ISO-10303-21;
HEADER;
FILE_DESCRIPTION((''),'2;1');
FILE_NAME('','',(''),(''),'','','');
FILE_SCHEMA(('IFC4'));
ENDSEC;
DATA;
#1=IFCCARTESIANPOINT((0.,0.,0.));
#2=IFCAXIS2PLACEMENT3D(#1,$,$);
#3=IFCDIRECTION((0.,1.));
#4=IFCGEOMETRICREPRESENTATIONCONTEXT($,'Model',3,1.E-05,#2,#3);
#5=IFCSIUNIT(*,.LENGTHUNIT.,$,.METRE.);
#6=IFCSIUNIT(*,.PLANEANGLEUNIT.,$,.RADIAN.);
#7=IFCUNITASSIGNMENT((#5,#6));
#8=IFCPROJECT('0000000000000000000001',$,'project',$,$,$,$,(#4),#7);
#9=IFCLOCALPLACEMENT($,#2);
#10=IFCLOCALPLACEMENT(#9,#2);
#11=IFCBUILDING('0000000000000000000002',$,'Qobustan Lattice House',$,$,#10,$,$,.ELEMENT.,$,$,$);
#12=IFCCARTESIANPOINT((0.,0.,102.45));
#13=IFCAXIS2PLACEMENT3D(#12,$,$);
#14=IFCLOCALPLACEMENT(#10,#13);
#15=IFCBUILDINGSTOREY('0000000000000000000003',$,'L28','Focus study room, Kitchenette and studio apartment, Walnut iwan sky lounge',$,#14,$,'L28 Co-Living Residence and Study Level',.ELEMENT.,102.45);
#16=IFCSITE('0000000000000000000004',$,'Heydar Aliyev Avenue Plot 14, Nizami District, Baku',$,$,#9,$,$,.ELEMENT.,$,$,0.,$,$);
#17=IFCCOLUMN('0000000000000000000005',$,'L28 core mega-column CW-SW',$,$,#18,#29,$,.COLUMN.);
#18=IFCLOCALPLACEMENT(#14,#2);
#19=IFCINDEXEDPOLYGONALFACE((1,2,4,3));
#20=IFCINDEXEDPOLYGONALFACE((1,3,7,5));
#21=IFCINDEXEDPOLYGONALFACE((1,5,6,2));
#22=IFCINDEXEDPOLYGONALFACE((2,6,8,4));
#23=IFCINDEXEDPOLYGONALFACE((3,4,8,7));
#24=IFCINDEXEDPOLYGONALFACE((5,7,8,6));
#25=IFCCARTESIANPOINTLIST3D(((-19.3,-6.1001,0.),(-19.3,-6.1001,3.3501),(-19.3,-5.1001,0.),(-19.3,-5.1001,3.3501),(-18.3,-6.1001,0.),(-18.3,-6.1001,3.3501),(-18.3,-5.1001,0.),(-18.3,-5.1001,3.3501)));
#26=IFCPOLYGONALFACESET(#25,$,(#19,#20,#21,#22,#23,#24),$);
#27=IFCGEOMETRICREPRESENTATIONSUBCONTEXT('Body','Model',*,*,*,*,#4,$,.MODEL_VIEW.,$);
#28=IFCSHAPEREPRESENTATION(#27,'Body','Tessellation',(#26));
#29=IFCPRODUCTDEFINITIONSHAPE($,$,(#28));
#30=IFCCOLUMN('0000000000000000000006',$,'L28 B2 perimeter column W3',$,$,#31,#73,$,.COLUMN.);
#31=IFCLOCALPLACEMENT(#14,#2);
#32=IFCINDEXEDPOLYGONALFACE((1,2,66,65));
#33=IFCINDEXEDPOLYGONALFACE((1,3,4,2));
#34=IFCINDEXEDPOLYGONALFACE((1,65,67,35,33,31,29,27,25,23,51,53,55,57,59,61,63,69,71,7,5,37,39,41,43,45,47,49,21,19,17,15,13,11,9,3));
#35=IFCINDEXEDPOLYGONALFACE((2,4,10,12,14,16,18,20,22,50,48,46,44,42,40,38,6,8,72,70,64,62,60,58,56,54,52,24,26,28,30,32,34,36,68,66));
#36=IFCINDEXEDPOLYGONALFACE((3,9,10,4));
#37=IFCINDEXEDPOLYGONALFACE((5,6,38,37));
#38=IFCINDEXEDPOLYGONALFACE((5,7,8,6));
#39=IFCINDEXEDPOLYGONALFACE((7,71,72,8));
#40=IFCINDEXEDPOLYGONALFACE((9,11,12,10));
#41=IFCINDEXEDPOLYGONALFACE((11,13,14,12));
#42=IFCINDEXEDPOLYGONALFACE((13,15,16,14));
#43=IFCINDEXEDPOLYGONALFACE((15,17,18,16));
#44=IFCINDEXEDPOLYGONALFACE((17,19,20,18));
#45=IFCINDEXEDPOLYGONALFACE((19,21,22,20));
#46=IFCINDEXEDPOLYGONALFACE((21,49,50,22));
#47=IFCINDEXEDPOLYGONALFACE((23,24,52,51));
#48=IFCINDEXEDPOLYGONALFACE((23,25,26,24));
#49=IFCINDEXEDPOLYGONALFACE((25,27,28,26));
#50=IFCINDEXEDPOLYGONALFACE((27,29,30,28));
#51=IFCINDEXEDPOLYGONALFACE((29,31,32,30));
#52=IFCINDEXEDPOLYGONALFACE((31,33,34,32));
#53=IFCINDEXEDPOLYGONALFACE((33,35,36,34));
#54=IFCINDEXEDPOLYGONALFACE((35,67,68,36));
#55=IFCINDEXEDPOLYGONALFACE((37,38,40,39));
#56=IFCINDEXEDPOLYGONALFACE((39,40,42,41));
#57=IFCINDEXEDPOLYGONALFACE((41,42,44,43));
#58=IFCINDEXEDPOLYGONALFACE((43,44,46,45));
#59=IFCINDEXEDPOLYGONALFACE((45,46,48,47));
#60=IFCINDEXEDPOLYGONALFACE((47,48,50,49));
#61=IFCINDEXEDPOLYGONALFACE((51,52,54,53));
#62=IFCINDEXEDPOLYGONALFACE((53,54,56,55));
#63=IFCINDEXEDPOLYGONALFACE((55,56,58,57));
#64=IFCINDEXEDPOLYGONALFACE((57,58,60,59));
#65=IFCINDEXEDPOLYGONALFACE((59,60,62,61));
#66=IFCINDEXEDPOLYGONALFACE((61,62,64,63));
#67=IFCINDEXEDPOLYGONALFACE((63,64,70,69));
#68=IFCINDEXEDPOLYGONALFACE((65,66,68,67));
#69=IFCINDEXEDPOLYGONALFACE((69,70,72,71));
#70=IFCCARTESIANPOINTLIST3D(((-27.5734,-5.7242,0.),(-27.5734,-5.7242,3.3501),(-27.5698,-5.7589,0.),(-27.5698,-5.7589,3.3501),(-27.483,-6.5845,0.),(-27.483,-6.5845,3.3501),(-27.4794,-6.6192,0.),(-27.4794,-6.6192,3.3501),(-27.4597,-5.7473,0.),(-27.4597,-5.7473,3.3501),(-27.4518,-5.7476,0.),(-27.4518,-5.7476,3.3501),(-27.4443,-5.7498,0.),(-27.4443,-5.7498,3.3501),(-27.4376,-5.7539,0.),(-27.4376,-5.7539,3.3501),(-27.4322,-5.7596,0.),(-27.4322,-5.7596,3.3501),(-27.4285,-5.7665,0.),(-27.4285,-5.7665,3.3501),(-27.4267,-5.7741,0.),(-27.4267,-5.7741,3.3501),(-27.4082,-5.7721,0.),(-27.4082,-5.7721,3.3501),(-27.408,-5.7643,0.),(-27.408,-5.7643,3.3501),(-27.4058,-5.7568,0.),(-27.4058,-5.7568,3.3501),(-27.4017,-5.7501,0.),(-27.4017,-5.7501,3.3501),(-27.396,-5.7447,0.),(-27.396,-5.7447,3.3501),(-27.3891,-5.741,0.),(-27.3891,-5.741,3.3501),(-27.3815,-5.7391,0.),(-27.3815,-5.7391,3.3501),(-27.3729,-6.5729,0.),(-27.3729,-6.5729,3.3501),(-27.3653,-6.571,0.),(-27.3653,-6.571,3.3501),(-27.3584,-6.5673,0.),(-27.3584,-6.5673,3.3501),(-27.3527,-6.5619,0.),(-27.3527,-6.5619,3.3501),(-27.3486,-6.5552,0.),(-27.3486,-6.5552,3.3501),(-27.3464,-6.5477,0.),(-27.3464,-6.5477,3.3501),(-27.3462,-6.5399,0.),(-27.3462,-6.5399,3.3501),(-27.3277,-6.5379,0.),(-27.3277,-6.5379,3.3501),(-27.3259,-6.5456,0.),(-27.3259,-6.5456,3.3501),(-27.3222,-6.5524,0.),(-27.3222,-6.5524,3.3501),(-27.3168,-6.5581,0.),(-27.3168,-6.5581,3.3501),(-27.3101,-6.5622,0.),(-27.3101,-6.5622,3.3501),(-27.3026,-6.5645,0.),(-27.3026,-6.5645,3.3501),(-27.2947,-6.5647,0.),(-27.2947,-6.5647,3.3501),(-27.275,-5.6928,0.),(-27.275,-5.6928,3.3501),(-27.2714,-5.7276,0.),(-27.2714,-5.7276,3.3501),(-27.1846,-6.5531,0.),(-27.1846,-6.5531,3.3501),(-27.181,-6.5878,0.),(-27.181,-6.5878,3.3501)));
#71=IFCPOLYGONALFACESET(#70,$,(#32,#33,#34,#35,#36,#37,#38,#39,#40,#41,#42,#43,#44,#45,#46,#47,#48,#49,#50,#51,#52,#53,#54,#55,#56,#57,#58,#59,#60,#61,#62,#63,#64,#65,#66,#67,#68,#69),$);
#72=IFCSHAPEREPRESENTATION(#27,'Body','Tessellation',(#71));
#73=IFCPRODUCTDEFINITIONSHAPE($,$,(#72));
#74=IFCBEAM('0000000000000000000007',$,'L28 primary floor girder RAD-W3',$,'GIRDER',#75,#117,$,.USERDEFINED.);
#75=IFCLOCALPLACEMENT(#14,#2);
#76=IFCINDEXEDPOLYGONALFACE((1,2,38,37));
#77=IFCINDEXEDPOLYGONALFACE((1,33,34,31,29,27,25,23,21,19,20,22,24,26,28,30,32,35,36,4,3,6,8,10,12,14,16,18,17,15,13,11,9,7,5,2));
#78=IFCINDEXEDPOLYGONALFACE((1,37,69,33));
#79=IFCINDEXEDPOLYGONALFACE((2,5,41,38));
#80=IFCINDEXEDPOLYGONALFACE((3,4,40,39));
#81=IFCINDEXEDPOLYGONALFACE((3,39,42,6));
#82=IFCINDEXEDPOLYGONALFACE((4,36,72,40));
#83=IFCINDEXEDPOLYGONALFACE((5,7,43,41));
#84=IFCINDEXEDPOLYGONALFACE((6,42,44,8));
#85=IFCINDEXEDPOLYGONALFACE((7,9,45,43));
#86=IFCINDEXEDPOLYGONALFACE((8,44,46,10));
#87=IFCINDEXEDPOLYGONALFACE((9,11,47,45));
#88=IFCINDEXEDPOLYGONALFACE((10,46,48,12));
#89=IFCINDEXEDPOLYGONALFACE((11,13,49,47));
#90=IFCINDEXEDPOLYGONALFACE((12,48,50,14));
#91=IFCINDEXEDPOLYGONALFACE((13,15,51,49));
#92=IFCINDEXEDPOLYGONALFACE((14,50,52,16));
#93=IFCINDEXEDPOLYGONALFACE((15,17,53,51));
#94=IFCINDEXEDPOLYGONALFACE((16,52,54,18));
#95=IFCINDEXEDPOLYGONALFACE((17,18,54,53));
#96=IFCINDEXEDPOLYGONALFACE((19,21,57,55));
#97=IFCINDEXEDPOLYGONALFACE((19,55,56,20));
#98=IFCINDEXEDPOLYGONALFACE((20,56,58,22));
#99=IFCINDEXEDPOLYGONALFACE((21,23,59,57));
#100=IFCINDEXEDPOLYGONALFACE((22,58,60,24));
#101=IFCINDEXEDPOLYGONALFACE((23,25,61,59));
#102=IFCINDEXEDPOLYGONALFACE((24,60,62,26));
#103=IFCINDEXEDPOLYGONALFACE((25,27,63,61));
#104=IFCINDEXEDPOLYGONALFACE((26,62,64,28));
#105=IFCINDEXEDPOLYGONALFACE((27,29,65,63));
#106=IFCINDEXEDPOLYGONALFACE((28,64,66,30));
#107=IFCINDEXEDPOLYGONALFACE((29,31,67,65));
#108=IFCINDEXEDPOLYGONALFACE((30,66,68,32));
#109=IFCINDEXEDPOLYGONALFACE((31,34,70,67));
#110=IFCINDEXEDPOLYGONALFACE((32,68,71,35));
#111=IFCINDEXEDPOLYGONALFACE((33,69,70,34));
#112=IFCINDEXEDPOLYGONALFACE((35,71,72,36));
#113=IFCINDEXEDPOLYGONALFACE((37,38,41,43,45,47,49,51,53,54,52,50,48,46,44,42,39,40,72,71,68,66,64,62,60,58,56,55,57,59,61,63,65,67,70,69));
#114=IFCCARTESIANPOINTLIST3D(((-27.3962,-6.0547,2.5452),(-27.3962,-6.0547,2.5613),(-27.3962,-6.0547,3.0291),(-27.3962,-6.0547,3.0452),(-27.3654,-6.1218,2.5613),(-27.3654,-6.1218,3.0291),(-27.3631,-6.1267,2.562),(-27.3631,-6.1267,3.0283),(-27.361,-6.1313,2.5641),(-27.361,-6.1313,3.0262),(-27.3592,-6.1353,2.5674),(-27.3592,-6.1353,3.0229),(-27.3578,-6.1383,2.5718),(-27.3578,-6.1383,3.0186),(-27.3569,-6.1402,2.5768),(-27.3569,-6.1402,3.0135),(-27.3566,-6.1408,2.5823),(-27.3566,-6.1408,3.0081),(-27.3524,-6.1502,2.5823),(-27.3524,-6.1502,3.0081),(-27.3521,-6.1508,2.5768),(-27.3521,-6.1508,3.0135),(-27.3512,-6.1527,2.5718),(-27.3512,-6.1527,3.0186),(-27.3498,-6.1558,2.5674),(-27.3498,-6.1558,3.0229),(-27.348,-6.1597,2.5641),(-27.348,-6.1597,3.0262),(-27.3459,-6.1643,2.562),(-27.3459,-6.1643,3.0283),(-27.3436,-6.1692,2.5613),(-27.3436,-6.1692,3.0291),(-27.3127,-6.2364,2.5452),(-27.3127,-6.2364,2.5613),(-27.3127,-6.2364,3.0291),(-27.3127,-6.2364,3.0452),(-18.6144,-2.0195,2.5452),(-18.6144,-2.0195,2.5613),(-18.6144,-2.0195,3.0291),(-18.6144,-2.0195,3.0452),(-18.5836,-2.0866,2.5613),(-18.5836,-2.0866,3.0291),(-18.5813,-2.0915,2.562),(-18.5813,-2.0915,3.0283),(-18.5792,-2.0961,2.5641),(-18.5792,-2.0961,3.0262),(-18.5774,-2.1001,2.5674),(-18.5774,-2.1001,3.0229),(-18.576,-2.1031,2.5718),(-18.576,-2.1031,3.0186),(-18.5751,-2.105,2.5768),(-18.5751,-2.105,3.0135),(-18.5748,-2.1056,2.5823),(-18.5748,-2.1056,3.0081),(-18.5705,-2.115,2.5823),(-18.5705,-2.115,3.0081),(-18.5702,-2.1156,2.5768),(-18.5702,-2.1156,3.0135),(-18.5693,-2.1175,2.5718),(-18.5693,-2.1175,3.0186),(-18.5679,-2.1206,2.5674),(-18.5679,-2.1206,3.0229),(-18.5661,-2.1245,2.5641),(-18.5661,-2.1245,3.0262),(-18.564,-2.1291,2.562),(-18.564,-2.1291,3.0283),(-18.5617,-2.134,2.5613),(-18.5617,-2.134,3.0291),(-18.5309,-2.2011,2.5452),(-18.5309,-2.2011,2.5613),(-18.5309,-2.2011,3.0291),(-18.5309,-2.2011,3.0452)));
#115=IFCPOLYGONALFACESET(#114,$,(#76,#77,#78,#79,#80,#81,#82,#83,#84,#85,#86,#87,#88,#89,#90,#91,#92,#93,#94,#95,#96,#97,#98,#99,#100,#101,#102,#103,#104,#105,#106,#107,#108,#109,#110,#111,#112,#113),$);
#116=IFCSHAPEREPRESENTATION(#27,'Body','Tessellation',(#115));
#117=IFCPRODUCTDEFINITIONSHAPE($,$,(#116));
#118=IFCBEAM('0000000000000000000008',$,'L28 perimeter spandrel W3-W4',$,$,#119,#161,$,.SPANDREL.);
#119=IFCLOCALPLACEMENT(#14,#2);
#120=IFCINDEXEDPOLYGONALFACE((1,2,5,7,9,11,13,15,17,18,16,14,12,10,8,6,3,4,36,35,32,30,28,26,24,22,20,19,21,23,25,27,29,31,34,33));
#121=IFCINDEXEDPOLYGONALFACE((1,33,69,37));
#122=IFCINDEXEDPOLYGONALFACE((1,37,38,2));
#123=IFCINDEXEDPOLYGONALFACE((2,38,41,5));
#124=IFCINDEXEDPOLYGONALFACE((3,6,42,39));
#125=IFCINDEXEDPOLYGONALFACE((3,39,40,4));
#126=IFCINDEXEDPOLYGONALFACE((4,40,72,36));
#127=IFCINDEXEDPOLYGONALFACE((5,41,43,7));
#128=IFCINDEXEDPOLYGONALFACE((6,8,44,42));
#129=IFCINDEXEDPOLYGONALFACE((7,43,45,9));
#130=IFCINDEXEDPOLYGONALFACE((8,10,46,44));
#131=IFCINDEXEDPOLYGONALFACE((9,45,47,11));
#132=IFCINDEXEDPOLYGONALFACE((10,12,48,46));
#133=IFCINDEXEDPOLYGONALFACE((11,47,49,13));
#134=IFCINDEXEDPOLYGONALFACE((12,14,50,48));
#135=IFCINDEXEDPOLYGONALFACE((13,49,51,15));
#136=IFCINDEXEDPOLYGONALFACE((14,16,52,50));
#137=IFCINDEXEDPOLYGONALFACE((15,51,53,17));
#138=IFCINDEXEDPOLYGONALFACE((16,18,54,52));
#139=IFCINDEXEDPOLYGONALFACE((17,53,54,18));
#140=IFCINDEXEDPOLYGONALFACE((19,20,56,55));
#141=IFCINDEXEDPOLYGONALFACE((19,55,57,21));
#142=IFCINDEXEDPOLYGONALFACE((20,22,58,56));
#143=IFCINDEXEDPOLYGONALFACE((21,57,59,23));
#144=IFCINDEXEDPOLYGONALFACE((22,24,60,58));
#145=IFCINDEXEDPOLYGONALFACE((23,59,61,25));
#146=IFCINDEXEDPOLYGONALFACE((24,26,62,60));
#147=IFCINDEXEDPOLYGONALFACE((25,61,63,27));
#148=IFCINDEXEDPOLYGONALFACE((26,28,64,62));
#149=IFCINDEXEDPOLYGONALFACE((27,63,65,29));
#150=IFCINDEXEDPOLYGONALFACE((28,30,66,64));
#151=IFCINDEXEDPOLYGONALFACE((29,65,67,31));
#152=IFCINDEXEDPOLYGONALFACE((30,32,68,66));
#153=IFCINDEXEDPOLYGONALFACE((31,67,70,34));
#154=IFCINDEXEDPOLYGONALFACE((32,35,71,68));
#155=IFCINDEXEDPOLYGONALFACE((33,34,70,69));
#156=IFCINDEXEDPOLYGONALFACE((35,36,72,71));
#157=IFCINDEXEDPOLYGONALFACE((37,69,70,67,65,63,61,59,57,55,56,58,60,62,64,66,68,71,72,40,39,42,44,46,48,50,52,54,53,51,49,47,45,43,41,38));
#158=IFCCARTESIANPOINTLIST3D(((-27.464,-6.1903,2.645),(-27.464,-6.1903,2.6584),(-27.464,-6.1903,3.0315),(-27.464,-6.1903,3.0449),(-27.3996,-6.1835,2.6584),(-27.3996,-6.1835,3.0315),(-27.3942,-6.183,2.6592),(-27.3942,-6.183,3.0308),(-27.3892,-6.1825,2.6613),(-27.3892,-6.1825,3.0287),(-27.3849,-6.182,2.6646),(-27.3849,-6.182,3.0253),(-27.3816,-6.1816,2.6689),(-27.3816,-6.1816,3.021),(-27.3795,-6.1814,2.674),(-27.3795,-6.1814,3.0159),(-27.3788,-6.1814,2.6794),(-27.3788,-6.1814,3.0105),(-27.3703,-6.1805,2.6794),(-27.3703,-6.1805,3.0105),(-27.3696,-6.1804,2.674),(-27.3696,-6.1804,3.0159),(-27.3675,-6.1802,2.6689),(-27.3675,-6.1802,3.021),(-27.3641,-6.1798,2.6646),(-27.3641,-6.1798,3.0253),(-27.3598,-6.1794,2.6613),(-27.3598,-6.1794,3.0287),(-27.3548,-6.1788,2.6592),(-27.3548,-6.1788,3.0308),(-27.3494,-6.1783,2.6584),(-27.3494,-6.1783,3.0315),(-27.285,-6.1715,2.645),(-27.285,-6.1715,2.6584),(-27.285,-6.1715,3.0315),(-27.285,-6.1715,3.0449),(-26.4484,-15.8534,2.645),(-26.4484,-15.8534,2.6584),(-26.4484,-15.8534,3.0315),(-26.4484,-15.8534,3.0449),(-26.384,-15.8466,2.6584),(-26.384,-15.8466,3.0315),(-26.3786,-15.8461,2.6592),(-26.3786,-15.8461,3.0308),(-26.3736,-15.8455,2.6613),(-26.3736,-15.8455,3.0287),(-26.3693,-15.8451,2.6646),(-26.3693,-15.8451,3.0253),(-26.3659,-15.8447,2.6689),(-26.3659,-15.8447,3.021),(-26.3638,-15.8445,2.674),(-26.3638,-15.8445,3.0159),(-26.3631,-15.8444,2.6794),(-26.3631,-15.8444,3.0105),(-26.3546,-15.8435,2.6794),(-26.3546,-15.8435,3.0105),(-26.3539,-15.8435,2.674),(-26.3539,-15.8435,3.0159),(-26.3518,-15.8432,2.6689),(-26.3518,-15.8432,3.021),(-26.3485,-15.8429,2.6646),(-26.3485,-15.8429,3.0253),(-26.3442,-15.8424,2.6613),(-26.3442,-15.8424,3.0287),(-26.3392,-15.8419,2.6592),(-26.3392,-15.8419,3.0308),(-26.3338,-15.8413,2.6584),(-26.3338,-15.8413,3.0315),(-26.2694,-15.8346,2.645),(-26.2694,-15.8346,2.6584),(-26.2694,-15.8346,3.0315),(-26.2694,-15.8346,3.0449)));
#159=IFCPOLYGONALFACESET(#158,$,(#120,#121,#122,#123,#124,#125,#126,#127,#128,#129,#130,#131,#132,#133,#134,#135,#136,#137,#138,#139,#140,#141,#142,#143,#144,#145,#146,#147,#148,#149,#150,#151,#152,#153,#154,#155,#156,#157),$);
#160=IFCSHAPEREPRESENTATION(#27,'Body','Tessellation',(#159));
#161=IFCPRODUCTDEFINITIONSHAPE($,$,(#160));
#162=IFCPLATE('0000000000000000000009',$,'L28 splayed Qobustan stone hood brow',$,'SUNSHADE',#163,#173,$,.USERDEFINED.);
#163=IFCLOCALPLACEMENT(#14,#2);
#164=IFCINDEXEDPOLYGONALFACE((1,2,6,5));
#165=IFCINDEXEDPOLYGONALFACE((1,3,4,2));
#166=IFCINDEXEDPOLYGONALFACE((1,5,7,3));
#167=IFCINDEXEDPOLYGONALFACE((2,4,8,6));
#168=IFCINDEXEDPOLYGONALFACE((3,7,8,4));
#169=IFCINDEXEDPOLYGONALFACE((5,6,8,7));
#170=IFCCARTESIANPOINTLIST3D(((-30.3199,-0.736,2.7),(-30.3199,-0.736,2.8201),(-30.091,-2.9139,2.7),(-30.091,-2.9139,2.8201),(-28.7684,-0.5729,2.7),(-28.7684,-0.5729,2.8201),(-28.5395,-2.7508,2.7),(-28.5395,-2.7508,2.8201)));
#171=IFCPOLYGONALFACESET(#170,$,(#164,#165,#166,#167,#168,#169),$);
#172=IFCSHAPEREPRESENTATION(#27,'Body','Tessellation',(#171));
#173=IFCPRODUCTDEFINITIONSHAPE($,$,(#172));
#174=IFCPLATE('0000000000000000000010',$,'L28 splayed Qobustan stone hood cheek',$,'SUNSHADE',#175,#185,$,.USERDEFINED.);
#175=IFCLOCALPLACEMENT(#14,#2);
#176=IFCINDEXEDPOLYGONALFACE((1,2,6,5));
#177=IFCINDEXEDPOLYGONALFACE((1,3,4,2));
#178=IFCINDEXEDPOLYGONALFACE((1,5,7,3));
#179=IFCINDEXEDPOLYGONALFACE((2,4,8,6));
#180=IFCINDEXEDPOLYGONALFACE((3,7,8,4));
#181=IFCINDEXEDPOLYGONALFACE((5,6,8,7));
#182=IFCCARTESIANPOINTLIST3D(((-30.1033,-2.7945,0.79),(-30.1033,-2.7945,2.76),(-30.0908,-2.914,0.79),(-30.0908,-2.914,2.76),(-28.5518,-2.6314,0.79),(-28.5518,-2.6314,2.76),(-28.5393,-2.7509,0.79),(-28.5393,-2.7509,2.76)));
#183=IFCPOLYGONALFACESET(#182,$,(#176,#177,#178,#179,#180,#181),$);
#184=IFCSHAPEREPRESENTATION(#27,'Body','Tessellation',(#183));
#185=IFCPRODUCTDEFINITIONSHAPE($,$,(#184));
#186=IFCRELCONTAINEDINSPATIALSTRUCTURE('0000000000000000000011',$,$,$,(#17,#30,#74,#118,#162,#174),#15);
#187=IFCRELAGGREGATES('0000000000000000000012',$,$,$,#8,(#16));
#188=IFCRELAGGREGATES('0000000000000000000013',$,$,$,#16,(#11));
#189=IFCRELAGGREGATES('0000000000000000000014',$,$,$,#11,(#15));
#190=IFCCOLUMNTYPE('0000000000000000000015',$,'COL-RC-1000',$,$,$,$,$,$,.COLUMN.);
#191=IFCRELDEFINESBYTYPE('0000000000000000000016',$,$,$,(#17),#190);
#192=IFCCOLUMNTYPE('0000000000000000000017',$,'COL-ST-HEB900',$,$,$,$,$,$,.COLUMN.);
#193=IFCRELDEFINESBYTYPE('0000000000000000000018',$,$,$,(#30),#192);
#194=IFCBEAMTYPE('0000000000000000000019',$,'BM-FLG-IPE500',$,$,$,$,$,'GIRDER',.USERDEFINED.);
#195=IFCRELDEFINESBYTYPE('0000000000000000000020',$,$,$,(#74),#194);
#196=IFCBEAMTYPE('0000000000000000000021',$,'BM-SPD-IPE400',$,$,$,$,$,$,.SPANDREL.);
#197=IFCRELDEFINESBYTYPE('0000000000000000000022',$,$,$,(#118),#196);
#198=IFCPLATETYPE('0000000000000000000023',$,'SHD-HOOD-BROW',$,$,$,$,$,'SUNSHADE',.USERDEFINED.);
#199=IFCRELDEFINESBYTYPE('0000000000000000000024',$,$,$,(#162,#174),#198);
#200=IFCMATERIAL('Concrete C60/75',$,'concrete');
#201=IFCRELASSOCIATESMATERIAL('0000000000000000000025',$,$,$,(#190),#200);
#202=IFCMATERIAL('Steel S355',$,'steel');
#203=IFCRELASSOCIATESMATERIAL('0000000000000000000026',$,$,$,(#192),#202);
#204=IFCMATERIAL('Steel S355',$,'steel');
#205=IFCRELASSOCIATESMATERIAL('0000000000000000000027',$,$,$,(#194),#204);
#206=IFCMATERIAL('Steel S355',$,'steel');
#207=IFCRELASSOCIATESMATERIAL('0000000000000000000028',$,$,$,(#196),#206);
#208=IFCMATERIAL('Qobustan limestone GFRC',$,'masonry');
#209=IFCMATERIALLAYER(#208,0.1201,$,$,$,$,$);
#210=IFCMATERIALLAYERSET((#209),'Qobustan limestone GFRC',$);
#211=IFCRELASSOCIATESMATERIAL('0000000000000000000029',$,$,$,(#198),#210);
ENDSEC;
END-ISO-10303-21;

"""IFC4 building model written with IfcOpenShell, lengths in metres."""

from ifc_helpers import new_model, si_unit, direction, frame, origin, origin_2d, place, context, subcontext, project, spatial, rectangle, i_section, extrude, material, layer, layer_set, material_profile, profile_set, type_object, element, save


model = new_model("IFC4")

# Units and contexts
model_context = context("Model", 3, precision=1e-05, world=origin(), true_north=direction((0.0, 1.0)))
body_context = subcontext(model_context, "Body", "Model", "MODEL_VIEW")
ifc_project = project(units=[si_unit("LENGTHUNIT", "METRE"), si_unit("PLANEANGLEUNIT", "RADIAN")], contexts=[model_context])

# Site, building, storey
site_placement = place(None, origin())
site = spatial("IfcSite", under=ifc_project, at=site_placement, Name="Heydar Aliyev Avenue Plot 14, Nizami District, Baku", CompositionType="ELEMENT", RefElevation=0.0)
building_placement = place(site_placement, origin())
building = spatial("IfcBuilding", under=site, at=building_placement, Name="Qobustan Lattice House", CompositionType="ELEMENT")
storey_placement = place(building_placement, frame((0.0, 0.0, 102.45)))
storey = spatial("IfcBuildingStorey", under=building, at=storey_placement, Name="L28", Description="Focus study room, Kitchenette and studio apartment, Walnut iwan sky lounge", LongName="L28 Co-Living Residence and Study Level", CompositionType="ELEMENT", Elevation=102.45)

# Columns
ifc_material_1 = material(Name="Concrete C60/75", Category="concrete")
ifc_material_profile_1 = material_profile(ifc_material_1, rectangle(XDim=1.0, YDim=1.0, at=origin_2d()), Name="RC1000x1000")
ifc_profile_set_1 = profile_set([ifc_material_profile_1], Name="Concrete C60/75")
column_type_1 = type_object("IfcColumnType", Name="COL-RC-1000", PredefinedType="COLUMN", material=ifc_profile_set_1)
column_1_placement = place(storey_placement, frame((-18.8, -5.6001, 0.0), z_axis=(0.0, 0.0, 1.0), x_axis=(1.0, 0.0, 0.0)))
element("IfcColumn", 1, at=column_1_placement, inside=storey, type_object=column_type_1, Name="L28 core mega-column CW-SW", PredefinedType="COLUMN", context=body_context, shape_type="SweptSolid", body=[
    extrude(rectangle(XDim=1.0, YDim=1.0, at=origin_2d()), origin(), (0.0, 0.0, 1.0), 3.3501),
])
ifc_material_2 = material(Name="Steel S355", Category="steel")
ifc_material_profile_2 = material_profile(ifc_material_2, i_section(OverallWidth=0.3, OverallDepth=0.8999, WebThickness=0.0186, FlangeThickness=0.0349, FilletRadius=0.03, at=origin_2d()), Name="HEB900")
ifc_profile_set_2 = profile_set([ifc_material_profile_2], Name="Steel S355")
column_type_2 = type_object("IfcColumnType", Name="COL-ST-HEB900", PredefinedType="COLUMN", material=ifc_profile_set_2)
column_2_placement = place(storey_placement, frame((-27.3772, -6.156, 0.0), z_axis=(0.0, 0.0, 1.0), x_axis=(0.994522, 0.104528, 0.0)))
element("IfcColumn", 2, at=column_2_placement, inside=storey, type_object=column_type_2, Name="L28 B2 perimeter column W3", PredefinedType="COLUMN", context=body_context, shape_type="SweptSolid", body=[
    extrude(i_section(OverallWidth=0.3, OverallDepth=0.8999, WebThickness=0.0186, FlangeThickness=0.0349, FilletRadius=0.03, at=origin_2d()), origin(), (0.0, 0.0, 1.0), 3.3501),
])

# Beams
ifc_material_3 = material(Name="Steel S355", Category="steel")
ifc_material_profile_3 = material_profile(ifc_material_3, i_section(OverallWidth=0.2, OverallDepth=0.5, WebThickness=0.0103, FlangeThickness=0.0161, FilletRadius=0.021, at=origin_2d()), Name="IPE500")
ifc_profile_set_3 = profile_set([ifc_material_profile_3], Name="Steel S355")
beam_type_1 = type_object("IfcBeamType", Name="BM-FLG-IPE500", ElementType="GIRDER", PredefinedType="USERDEFINED", material=ifc_profile_set_3)
beam_1_placement = place(storey_placement, frame((-27.3545, -6.1455, 2.7952), z_axis=(0.908665, 0.417526, 0.0), x_axis=(-0.417526, 0.908665, 0.0)))
element("IfcBeam", 3, at=beam_1_placement, inside=storey, type_object=beam_type_1, Name="L28 primary floor girder RAD-W3", ObjectType="GIRDER", PredefinedType="USERDEFINED", context=body_context, shape_type="SweptSolid", body=[
    extrude(i_section(OverallWidth=0.2, OverallDepth=0.5, WebThickness=0.0103, FlangeThickness=0.0161, FilletRadius=0.021, at=origin_2d()), origin(), (0.0, 0.0, 1.0), 9.6646),
])
ifc_material_4 = material(Name="Steel S355", Category="steel")
ifc_material_profile_4 = material_profile(ifc_material_4, i_section(OverallWidth=0.1799, OverallDepth=0.3999, WebThickness=0.0085, FlangeThickness=0.0134, FilletRadius=0.021, at=origin_2d()), Name="IPE400")
ifc_profile_set_4 = profile_set([ifc_material_profile_4], Name="Steel S355")
beam_type_2 = type_object("IfcBeamType", Name="BM-SPD-IPE400", PredefinedType="SPANDREL", material=ifc_profile_set_4)
beam_2_placement = place(storey_placement, frame((-27.3745, -6.1809, 2.845), z_axis=(0.104528, -0.994522, 0.0), x_axis=(0.994522, 0.104528, 0.0)))
element("IfcBeam", 4, at=beam_2_placement, inside=storey, type_object=beam_type_2, Name="L28 perimeter spandrel W3-W4", PredefinedType="SPANDREL", context=body_context, shape_type="SweptSolid", body=[
    extrude(i_section(OverallWidth=0.1799, OverallDepth=0.3999, WebThickness=0.0085, FlangeThickness=0.0134, FilletRadius=0.021, at=origin_2d()), origin(), (0.0, 0.0, 1.0), 9.7163),
])

# Plates
ifc_material_5 = material(Name="Qobustan limestone GFRC", Category="masonry")
ifc_layer_1 = layer(ifc_material_5, 0.1201)
ifc_layer_set_1 = layer_set([ifc_layer_1], Name="Qobustan limestone GFRC")
plate_type = type_object("IfcPlateType", Name="SHD-HOOD-BROW", ElementType="SUNSHADE", PredefinedType="USERDEFINED", material=ifc_layer_set_1)
plate_1_placement = place(storey_placement, frame((-29.4297, -1.7434, 2.7), z_axis=(0.0, 0.0, 1.0), x_axis=(-0.104528, 0.994522, 0.0)))
element("IfcPlate", 5, at=plate_1_placement, inside=storey, type_object=plate_type, Name="L28 splayed Qobustan stone hood brow", ObjectType="SUNSHADE", PredefinedType="USERDEFINED", context=body_context, shape_type="SweptSolid", body=[
    extrude(rectangle(XDim=2.1899, YDim=1.5601, at=origin_2d()), origin(), (0.0, 0.0, 1.0), 0.1201),
])
plate_2_placement = place(storey_placement, frame((-29.3213, -2.7727, 0.79), z_axis=(0.0, 0.0, 1.0), x_axis=(-0.104528, 0.994522, 0.0)))
element("IfcPlate", 6, at=plate_2_placement, inside=storey, type_object=plate_type, Name="L28 splayed Qobustan stone hood cheek", ObjectType="SUNSHADE", PredefinedType="USERDEFINED", context=body_context, shape_type="SweptSolid", body=[
    extrude(rectangle(XDim=0.1201, YDim=1.5601, at=origin_2d()), origin(), (0.0, 0.0, 1.0), 1.97),
])

save(model, "model.ifc")
